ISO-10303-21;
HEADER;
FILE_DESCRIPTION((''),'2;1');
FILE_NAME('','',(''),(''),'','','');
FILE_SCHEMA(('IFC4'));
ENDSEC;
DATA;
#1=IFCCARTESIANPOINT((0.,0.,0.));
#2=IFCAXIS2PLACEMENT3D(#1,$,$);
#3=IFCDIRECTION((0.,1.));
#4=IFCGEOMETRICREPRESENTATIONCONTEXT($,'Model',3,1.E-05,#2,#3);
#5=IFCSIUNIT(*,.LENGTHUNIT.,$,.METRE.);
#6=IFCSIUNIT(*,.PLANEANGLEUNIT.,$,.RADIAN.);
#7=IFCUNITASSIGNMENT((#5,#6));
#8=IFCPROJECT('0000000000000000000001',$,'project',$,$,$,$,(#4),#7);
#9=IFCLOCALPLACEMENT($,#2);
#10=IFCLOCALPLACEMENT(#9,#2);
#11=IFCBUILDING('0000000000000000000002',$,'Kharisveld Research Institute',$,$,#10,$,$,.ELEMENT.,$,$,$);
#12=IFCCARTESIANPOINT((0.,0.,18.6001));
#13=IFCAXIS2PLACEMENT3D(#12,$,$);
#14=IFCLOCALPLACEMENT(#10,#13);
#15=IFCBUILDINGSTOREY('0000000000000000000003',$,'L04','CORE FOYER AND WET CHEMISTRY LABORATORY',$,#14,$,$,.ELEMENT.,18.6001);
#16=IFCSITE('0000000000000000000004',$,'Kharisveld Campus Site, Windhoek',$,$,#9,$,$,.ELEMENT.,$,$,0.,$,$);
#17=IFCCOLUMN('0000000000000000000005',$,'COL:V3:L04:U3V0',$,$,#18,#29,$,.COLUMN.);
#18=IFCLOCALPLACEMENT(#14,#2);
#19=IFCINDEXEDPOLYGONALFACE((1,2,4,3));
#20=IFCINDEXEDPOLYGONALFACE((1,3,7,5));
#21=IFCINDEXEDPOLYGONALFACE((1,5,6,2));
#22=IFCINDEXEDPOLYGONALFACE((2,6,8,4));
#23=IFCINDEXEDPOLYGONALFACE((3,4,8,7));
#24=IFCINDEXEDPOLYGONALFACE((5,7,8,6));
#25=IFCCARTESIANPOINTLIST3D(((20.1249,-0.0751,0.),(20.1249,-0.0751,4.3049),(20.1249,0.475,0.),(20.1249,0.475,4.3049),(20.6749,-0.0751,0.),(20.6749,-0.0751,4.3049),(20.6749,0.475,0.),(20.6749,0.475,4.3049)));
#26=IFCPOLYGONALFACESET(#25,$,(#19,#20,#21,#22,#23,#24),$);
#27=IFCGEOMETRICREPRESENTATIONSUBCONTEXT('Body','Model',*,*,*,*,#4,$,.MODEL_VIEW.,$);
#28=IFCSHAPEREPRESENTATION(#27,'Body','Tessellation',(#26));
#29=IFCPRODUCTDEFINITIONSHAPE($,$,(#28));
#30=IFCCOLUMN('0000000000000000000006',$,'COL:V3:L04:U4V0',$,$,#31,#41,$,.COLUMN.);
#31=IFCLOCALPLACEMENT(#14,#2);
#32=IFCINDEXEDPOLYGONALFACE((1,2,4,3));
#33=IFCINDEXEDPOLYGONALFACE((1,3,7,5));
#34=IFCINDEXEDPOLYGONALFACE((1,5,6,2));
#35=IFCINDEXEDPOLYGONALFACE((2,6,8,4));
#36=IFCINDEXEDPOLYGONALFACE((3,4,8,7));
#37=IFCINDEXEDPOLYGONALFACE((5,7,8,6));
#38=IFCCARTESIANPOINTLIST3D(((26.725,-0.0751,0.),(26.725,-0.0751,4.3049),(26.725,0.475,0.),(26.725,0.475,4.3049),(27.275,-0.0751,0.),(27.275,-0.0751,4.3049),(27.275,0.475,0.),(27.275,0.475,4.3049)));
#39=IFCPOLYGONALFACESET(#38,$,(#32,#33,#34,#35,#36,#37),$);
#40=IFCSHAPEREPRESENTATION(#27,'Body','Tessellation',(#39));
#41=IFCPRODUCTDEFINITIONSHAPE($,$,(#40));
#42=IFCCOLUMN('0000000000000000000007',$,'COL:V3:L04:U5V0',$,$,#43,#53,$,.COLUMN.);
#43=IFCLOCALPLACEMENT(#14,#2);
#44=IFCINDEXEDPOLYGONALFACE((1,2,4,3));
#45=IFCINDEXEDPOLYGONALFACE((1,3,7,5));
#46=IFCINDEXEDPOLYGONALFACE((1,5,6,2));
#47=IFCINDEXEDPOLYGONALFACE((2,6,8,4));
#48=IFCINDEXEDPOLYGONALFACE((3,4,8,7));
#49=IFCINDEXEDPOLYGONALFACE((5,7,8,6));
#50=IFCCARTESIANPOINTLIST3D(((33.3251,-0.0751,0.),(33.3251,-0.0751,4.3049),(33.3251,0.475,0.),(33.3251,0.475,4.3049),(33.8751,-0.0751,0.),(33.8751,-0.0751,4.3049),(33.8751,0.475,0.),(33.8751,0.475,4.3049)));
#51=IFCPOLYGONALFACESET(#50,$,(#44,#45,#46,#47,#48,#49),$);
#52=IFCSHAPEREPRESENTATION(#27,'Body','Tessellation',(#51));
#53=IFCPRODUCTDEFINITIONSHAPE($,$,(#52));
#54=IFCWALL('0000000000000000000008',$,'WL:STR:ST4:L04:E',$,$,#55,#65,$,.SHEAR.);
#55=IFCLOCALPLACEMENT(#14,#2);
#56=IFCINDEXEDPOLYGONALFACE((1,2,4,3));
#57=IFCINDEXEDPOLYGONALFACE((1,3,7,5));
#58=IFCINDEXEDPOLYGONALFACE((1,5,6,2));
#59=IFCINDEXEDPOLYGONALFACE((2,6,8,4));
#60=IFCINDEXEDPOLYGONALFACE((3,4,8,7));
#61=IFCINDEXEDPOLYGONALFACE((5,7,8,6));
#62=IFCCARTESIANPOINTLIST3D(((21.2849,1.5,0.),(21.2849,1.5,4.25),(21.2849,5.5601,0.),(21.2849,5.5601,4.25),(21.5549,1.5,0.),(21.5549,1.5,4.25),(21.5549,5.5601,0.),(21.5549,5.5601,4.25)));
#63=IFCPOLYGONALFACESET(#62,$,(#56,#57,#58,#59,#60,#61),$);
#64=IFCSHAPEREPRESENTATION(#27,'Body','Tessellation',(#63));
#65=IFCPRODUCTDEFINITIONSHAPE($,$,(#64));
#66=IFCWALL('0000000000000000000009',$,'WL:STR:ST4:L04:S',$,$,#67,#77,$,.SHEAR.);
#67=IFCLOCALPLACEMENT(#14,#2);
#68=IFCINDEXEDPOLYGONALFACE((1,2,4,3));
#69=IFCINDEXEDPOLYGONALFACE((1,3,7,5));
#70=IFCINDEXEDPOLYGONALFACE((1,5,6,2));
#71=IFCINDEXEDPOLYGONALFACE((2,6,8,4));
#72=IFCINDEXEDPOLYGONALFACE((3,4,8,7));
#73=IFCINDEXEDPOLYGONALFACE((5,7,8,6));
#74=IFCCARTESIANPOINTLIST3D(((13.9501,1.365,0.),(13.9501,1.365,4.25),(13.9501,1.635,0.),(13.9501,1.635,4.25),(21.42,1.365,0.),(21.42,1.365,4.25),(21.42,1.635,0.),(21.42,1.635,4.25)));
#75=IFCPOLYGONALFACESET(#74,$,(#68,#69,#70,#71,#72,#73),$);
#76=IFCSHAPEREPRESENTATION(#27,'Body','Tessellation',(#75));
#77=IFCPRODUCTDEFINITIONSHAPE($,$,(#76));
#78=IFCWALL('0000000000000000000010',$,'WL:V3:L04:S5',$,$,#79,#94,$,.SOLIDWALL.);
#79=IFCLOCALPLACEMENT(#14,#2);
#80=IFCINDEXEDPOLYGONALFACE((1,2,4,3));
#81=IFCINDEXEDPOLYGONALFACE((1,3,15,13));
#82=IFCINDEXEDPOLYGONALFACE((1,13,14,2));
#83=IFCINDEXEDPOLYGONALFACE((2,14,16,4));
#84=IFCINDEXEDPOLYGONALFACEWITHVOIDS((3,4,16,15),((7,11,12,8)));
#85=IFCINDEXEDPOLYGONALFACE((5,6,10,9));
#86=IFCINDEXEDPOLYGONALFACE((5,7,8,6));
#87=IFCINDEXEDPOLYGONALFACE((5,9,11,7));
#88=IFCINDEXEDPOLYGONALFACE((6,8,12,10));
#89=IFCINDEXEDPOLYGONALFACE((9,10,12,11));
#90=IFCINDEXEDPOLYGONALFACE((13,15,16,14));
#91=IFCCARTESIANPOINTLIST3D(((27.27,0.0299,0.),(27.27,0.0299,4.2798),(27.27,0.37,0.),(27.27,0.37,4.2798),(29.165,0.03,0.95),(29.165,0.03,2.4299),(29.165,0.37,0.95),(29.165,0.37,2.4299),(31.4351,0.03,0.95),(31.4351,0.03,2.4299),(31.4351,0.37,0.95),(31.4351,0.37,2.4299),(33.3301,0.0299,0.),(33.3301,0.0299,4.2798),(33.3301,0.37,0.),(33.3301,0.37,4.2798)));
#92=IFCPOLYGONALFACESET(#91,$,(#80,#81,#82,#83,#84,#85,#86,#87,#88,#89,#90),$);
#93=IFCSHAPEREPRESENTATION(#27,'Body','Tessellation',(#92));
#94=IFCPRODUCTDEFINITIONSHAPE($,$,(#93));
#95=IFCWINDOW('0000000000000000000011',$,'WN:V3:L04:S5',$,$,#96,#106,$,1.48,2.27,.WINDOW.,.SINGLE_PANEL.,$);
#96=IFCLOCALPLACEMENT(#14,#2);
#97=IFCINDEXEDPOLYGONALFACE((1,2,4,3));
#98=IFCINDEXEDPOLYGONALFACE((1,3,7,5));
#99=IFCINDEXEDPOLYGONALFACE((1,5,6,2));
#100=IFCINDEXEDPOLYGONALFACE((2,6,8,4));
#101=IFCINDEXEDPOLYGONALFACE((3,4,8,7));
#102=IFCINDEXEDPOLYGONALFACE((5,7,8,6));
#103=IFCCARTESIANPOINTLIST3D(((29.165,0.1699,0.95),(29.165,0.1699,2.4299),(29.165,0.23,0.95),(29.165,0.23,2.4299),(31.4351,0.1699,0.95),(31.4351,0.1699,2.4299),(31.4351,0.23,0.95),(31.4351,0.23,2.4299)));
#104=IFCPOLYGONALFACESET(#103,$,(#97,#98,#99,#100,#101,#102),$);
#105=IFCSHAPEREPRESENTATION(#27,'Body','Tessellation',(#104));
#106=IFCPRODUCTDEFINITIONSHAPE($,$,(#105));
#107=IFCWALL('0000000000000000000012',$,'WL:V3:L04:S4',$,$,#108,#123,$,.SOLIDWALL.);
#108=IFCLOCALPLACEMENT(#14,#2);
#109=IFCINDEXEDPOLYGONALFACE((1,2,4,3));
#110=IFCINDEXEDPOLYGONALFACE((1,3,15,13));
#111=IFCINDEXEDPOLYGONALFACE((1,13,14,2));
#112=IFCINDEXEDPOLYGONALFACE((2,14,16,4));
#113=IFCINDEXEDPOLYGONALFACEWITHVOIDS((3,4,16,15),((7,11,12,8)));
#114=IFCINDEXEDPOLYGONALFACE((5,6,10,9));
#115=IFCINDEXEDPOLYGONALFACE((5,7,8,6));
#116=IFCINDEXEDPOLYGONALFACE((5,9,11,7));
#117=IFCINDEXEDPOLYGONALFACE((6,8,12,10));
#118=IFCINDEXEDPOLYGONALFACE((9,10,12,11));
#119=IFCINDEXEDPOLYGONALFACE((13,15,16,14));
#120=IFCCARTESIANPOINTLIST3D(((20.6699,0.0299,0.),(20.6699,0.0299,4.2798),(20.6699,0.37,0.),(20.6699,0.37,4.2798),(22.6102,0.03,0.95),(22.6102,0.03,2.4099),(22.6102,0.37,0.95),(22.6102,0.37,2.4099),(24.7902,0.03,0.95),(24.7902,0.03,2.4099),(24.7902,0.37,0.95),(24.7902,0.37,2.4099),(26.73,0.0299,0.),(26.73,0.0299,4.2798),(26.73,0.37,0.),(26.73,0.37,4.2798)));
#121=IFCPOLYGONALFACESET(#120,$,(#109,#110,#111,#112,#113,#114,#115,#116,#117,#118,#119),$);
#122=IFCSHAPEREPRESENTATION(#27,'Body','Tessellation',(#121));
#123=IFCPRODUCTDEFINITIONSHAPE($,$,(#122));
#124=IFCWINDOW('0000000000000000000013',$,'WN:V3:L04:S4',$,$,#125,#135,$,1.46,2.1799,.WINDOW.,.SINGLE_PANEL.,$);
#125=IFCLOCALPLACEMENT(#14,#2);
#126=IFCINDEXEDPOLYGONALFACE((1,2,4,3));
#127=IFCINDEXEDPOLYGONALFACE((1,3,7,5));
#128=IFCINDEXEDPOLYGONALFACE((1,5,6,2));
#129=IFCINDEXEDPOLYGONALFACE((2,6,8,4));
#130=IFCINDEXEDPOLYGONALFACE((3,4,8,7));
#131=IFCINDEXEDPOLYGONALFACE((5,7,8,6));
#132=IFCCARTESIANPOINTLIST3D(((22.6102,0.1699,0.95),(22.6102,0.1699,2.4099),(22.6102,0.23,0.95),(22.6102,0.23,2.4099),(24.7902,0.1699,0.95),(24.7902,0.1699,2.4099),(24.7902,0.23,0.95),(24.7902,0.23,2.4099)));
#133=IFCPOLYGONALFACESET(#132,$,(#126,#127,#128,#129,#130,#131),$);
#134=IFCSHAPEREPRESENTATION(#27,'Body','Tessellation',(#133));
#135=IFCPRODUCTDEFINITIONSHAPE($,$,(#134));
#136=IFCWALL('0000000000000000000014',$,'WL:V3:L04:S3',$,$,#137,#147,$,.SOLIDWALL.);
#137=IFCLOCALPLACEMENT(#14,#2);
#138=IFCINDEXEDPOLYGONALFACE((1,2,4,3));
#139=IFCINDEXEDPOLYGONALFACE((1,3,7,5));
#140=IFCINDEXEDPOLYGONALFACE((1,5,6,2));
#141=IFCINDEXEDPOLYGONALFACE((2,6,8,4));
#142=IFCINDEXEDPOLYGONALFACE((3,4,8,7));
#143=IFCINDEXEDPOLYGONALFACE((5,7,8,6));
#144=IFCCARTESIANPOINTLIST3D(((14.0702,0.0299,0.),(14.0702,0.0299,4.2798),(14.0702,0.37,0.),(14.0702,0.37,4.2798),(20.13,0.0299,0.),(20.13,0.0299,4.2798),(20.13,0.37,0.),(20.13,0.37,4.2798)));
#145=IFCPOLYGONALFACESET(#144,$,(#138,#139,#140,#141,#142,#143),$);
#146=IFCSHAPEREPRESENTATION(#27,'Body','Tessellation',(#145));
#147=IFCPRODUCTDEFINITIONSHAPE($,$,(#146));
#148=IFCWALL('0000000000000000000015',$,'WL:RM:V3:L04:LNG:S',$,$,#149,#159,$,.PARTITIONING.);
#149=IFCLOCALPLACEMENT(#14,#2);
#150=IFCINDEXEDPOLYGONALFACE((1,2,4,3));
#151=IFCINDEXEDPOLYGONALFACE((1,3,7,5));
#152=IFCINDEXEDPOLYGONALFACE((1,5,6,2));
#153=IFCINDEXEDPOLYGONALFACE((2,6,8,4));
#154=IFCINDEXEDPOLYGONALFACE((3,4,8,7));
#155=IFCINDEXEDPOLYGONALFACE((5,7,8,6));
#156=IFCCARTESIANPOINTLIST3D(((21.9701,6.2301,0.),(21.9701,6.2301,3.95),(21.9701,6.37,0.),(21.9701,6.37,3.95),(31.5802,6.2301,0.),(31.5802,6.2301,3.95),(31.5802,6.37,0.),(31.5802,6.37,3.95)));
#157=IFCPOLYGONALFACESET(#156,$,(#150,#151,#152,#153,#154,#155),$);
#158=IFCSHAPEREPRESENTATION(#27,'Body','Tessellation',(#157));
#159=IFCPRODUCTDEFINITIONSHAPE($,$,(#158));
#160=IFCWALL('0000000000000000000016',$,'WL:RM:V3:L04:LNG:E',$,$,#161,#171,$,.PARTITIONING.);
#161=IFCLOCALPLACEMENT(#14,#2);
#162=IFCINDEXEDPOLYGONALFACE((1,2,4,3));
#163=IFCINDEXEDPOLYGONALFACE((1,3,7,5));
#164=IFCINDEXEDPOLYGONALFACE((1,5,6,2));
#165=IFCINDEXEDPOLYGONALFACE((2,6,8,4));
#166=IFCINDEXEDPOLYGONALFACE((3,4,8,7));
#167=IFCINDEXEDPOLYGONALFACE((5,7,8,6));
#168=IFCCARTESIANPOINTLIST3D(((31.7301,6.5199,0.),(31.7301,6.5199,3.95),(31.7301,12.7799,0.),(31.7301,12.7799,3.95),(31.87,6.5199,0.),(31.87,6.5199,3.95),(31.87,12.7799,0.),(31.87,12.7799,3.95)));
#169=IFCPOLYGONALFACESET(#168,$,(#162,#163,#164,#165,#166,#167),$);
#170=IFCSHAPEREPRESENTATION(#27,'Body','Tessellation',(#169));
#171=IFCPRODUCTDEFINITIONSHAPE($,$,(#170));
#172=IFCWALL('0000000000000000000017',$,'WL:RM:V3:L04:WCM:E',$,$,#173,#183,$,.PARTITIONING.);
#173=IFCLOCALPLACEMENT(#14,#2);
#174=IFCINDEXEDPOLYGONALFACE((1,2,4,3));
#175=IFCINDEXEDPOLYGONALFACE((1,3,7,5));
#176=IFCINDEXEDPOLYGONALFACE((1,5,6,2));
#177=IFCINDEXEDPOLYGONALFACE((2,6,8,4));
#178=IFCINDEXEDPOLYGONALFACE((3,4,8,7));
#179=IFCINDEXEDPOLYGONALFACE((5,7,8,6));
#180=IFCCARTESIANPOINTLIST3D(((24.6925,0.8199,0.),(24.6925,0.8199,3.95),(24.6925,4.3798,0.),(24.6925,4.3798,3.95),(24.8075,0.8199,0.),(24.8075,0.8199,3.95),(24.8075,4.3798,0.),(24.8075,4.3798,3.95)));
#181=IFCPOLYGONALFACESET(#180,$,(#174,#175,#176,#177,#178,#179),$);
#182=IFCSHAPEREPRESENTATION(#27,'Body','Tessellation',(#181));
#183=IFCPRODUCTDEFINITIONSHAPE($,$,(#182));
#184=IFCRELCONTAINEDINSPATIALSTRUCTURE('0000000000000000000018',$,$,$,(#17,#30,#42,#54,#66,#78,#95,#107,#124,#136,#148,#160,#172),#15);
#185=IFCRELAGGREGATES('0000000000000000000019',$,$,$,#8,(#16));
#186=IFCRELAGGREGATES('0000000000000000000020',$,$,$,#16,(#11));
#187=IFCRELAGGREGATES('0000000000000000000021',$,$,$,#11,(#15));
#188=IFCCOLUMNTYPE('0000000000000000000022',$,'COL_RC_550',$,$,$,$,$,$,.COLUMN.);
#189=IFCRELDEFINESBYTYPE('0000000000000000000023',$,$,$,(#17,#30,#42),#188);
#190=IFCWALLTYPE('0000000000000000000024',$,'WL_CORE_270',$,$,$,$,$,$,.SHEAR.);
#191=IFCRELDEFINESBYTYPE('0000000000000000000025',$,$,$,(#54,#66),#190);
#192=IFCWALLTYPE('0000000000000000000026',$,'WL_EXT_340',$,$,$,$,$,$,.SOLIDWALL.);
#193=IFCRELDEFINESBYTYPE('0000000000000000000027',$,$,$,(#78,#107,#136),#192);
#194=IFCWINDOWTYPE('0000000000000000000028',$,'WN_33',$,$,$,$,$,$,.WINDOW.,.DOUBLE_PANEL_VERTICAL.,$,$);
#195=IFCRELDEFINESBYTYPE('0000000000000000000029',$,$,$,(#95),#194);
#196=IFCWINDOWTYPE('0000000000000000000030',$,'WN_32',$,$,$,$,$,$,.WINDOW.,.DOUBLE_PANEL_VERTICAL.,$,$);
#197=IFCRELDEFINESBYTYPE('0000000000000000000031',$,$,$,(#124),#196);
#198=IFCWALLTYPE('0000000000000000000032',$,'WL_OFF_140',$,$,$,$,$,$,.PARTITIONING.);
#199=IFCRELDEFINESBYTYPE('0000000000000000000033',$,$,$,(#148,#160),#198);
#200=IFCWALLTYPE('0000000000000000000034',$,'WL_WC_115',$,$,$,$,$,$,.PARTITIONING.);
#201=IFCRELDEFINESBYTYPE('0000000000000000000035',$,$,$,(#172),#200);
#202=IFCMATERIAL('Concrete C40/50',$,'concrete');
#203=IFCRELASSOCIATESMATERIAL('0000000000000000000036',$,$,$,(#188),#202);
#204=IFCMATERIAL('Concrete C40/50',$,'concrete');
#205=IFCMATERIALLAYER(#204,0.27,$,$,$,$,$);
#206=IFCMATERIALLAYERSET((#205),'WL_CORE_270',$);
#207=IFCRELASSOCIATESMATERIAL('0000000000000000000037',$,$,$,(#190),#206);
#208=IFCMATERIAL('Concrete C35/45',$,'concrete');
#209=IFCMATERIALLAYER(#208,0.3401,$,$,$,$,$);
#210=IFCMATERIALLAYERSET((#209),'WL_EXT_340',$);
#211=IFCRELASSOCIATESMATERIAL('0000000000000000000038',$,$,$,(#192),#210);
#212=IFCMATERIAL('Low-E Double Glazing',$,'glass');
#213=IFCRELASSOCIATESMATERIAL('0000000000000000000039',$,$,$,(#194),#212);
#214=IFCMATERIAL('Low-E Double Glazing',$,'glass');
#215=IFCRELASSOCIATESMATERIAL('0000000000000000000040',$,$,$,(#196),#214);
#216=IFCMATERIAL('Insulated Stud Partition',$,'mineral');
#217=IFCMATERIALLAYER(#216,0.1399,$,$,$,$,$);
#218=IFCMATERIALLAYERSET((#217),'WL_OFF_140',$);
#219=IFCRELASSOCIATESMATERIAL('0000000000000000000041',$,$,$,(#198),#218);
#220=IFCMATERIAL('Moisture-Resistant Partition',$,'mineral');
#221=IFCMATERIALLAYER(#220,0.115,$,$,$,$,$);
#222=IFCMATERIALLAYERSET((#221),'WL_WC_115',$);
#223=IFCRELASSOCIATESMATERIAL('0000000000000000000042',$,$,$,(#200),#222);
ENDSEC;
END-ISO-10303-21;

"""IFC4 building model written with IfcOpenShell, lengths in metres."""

from ifc_helpers import new_model, si_unit, direction, frame, frame_2d, origin, origin_2d, place, context, subcontext, project, spatial, rectangle, extrude, material, layer, layer_set, material_profile, profile_set, type_object, element, fill, save


model = new_model("IFC4")

# Units and contexts
model_context = context("Model", 3, precision=1e-05, world=origin(), true_north=direction((0.0, 1.0)))
body_context = subcontext(model_context, "Body", "Model", "MODEL_VIEW")
ifc_project = project(units=[si_unit("LENGTHUNIT", "METRE"), si_unit("PLANEANGLEUNIT", "RADIAN")], contexts=[model_context])

# Site, building, storey
site_placement = place(None, origin())
site = spatial("IfcSite", under=ifc_project, at=site_placement, Name="Kharisveld Campus Site, Windhoek", CompositionType="ELEMENT", RefElevation=0.0)
building_placement = place(site_placement, origin())
building = spatial("IfcBuilding", under=site, at=building_placement, Name="Kharisveld Research Institute", CompositionType="ELEMENT")
storey_placement = place(building_placement, frame((0.0, 0.0, 18.6001)))
storey = spatial("IfcBuildingStorey", under=building, at=storey_placement, Name="L04", Description="CORE FOYER AND WET CHEMISTRY LABORATORY", CompositionType="ELEMENT", Elevation=18.6001)

# Columns
ifc_material_1 = material(Name="Concrete C40/50", Category="concrete")
ifc_material_profile = material_profile(ifc_material_1, rectangle(XDim=0.55, YDim=0.55, at=origin_2d()))
ifc_profile_set = profile_set([ifc_material_profile], Name="Concrete C40/50")
column_type = type_object("IfcColumnType", Name="COL_RC_550", PredefinedType="COLUMN", material=ifc_profile_set)
for number, where, z_axis, x_axis, name in (
    (1, (20.3999, 0.2, 0.0), (0.0, 0.0, 1.0), (1.0, 0.0, 0.0), "COL:V3:L04:U3V0"),
    (2, (27.0, 0.2, 0.0), (0.0, 0.0, 1.0), (1.0, 0.0, 0.0), "COL:V3:L04:U4V0"),
    (3, (33.6001, 0.2, 0.0), (0.0, 0.0, 1.0), (1.0, 0.0, 0.0), "COL:V3:L04:U5V0"),
):
    element("IfcColumn", number, at=place(storey_placement, frame(where, z_axis=z_axis, x_axis=x_axis)), inside=storey, type_object=column_type, Name=name, PredefinedType="COLUMN", context=body_context, shape_type="SweptSolid", body=[
        extrude(rectangle(XDim=0.55, YDim=0.55, at=origin_2d()), origin(), (0.0, 0.0, 1.0), 4.3049),
    ])

# Walls
ifc_material_2 = material(Name="Concrete C40/50", Category="concrete")
ifc_layer_1 = layer(ifc_material_2, 0.27)
ifc_layer_set_1 = layer_set([ifc_layer_1], Name="WL_CORE_270")
wall_type_1 = type_object("IfcWallType", Name="WL_CORE_270", PredefinedType="SHEAR", material=ifc_layer_set_1)
wall_1_placement = place(storey_placement, frame((21.4199, 5.5601, 0.0), z_axis=(0.0, 0.0, 1.0), x_axis=(0.0, -1.0, 0.0)))
element("IfcWall", 4, at=wall_1_placement, inside=storey, type_object=wall_type_1, Name="WL:STR:ST4:L04:E", PredefinedType="SHEAR", context=body_context, shape_type="SweptSolid", body=[
    extrude(rectangle(XDim=4.0601, YDim=0.27, at=frame_2d((2.03, 0.0))), origin(), (0.0, 0.0, 1.0), 4.25),
])
wall_2_placement = place(storey_placement, frame((21.4199, 1.5, 0.0), z_axis=(0.0, 0.0, 1.0), x_axis=(-1.0, 0.0, 0.0)))
element("IfcWall", 5, at=wall_2_placement, inside=storey, type_object=wall_type_1, Name="WL:STR:ST4:L04:S", PredefinedType="SHEAR", context=body_context, shape_type="SweptSolid", body=[
    extrude(rectangle(XDim=7.47, YDim=0.27, at=frame_2d((3.7349, 0.0))), origin(), (0.0, 0.0, 1.0), 4.25),
])

# Walls, openings, windows
ifc_material_3 = material(Name="Concrete C35/45", Category="concrete")
ifc_layer_2 = layer(ifc_material_3, 0.3401)
ifc_layer_set_2 = layer_set([ifc_layer_2], Name="WL_EXT_340")
wall_type_2 = type_object("IfcWallType", Name="WL_EXT_340", PredefinedType="SOLIDWALL", material=ifc_layer_set_2)
wall_3_placement = place(storey_placement, frame((33.3301, 0.2, 0.0), z_axis=(0.0, 0.0, 1.0), x_axis=(-1.0, 0.0, 0.0)))
wall_3 = element("IfcWall", 6, at=wall_3_placement, inside=storey, type_object=wall_type_2, Name="WL:V3:L04:S5", PredefinedType="SOLIDWALL", context=body_context, shape_type="SweptSolid", body=[
    extrude(rectangle(XDim=6.0601, YDim=0.3401, at=frame_2d((3.03, 0.0))), origin(), (0.0, 0.0, 1.0), 4.2798),
])
opening_1_placement = place(wall_3_placement, frame((1.895, 0.0, 0.95)))
opening_1 = element("IfcOpeningElement", 7, at=opening_1_placement, cuts=wall_3, PredefinedType="OPENING", context=body_context, shape_type="SweptSolid", body=[
    extrude(rectangle(XDim=2.27, YDim=1.48, at=frame_2d((1.135, 0.74))), frame((0.0, 0.1699, 0.0), z_axis=(0.0, -1.0, 0.0), x_axis=(1.0, 0.0, 0.0)), (0.0, 0.0, 1.0), 0.3401),
])
ifc_material_4 = material(Name="Low-E Double Glazing", Category="glass")
window_type_1 = type_object("IfcWindowType", Name="WN_33", PartitioningType="DOUBLE_PANEL_VERTICAL", PredefinedType="WINDOW", material=ifc_material_4)
window_1_placement = place(opening_1_placement, origin())
window_1 = element("IfcWindow", 8, at=window_1_placement, inside=storey, type_object=window_type_1, Name="WN:V3:L04:S5", OverallHeight=1.48, OverallWidth=2.27, PartitioningType="SINGLE_PANEL", PredefinedType="WINDOW", context=body_context, shape_type="SweptSolid", body=[
    extrude(rectangle(XDim=2.27, YDim=1.48, at=frame_2d((1.135, 0.74))), frame((0.0, 0.03, 0.0), z_axis=(0.0, -1.0, 0.0), x_axis=(1.0, 0.0, 0.0)), (0.0, 0.0, 1.0), 0.0601),
])
fill(opening_1, window_1)
wall_4_placement = place(storey_placement, frame((26.73, 0.2, 0.0), z_axis=(0.0, 0.0, 1.0), x_axis=(-1.0, 0.0, 0.0)))
wall_4 = element("IfcWall", 9, at=wall_4_placement, inside=storey, type_object=wall_type_2, Name="WL:V3:L04:S4", PredefinedType="SOLIDWALL", context=body_context, shape_type="SweptSolid", body=[
    extrude(rectangle(XDim=6.0601, YDim=0.3401, at=frame_2d((3.03, 0.0))), origin(), (0.0, 0.0, 1.0), 4.2798),
])
opening_2_placement = place(wall_4_placement, frame((1.9399, 0.0, 0.95)))
opening_2 = element("IfcOpeningElement", 10, at=opening_2_placement, cuts=wall_4, PredefinedType="OPENING", context=body_context, shape_type="SweptSolid", body=[
    extrude(rectangle(XDim=2.1799, YDim=1.46, at=frame_2d((1.0898, 0.73))), frame((0.0, 0.1699, 0.0), z_axis=(0.0, -1.0, 0.0), x_axis=(1.0, 0.0, 0.0)), (0.0, 0.0, 1.0), 0.3401),
])
ifc_material_5 = material(Name="Low-E Double Glazing", Category="glass")
window_type_2 = type_object("IfcWindowType", Name="WN_32", PartitioningType="DOUBLE_PANEL_VERTICAL", PredefinedType="WINDOW", material=ifc_material_5)
window_2_placement = place(opening_2_placement, origin())
window_2 = element("IfcWindow", 11, at=window_2_placement, inside=storey, type_object=window_type_2, Name="WN:V3:L04:S4", OverallHeight=1.46, OverallWidth=2.1799, PartitioningType="SINGLE_PANEL", PredefinedType="WINDOW", context=body_context, shape_type="SweptSolid", body=[
    extrude(rectangle(XDim=2.1799, YDim=1.46, at=frame_2d((1.0898, 0.73))), frame((0.0, 0.03, 0.0), z_axis=(0.0, -1.0, 0.0), x_axis=(1.0, 0.0, 0.0)), (0.0, 0.0, 1.0), 0.0601),
])
fill(opening_2, window_2)

# Walls
wall_5_placement = place(storey_placement, frame((20.1299, 0.2, 0.0), z_axis=(0.0, 0.0, 1.0), x_axis=(-1.0, 0.0, 0.0)))
element("IfcWall", 12, at=wall_5_placement, inside=storey, type_object=wall_type_2, Name="WL:V3:L04:S3", PredefinedType="SOLIDWALL", context=body_context, shape_type="SweptSolid", body=[
    extrude(rectangle(XDim=6.0598, YDim=0.3401, at=frame_2d((3.0298, 0.0))), origin(), (0.0, 0.0, 1.0), 4.2798),
])
ifc_material_6 = material(Name="Insulated Stud Partition", Category="mineral")
ifc_layer_3 = layer(ifc_material_6, 0.1399)
ifc_layer_set_3 = layer_set([ifc_layer_3], Name="WL_OFF_140")
wall_type_3 = type_object("IfcWallType", Name="WL_OFF_140", PredefinedType="PARTITIONING", material=ifc_layer_set_3)
wall_6_placement = place(storey_placement, frame((21.97, 6.3, 0.0), z_axis=(0.0, 0.0, 1.0), x_axis=(1.0, 0.0, 0.0)))
element("IfcWall", 13, at=wall_6_placement, inside=storey, type_object=wall_type_3, Name="WL:RM:V3:L04:LNG:S", PredefinedType="PARTITIONING", context=body_context, shape_type="SweptSolid", body=[
    extrude(rectangle(XDim=9.6101, YDim=0.1399, at=frame_2d((4.8052, 0.0))), origin(), (0.0, 0.0, 1.0), 3.95),
])
wall_7_placement = place(storey_placement, frame((31.8, 6.52, 0.0), z_axis=(0.0, 0.0, 1.0), x_axis=(0.0, 1.0, 0.0)))
element("IfcWall", 14, at=wall_7_placement, inside=storey, type_object=wall_type_3, Name="WL:RM:V3:L04:LNG:E", PredefinedType="PARTITIONING", context=body_context, shape_type="SweptSolid", body=[
    extrude(rectangle(XDim=6.26, YDim=0.1399, at=frame_2d((3.1299, 0.0))), origin(), (0.0, 0.0, 1.0), 3.95),
])
ifc_material_7 = material(Name="Moisture-Resistant Partition", Category="mineral")
ifc_layer_4 = layer(ifc_material_7, 0.115)
ifc_layer_set_4 = layer_set([ifc_layer_4], Name="WL_WC_115")
wall_type_4 = type_object("IfcWallType", Name="WL_WC_115", PredefinedType="PARTITIONING", material=ifc_layer_set_4)
wall_8_placement = place(storey_placement, frame((24.75, 0.8201, 0.0), z_axis=(0.0, 0.0, 1.0), x_axis=(0.0, 1.0, 0.0)))
element("IfcWall", 15, at=wall_8_placement, inside=storey, type_object=wall_type_4, Name="WL:RM:V3:L04:WCM:E", PredefinedType="PARTITIONING", context=body_context, shape_type="SweptSolid", body=[
    extrude(rectangle(XDim=3.5598, YDim=0.115, at=frame_2d((1.7798, 0.0))), origin(), (0.0, 0.0, 1.0), 3.95),
])

save(model, "model.ifc")
